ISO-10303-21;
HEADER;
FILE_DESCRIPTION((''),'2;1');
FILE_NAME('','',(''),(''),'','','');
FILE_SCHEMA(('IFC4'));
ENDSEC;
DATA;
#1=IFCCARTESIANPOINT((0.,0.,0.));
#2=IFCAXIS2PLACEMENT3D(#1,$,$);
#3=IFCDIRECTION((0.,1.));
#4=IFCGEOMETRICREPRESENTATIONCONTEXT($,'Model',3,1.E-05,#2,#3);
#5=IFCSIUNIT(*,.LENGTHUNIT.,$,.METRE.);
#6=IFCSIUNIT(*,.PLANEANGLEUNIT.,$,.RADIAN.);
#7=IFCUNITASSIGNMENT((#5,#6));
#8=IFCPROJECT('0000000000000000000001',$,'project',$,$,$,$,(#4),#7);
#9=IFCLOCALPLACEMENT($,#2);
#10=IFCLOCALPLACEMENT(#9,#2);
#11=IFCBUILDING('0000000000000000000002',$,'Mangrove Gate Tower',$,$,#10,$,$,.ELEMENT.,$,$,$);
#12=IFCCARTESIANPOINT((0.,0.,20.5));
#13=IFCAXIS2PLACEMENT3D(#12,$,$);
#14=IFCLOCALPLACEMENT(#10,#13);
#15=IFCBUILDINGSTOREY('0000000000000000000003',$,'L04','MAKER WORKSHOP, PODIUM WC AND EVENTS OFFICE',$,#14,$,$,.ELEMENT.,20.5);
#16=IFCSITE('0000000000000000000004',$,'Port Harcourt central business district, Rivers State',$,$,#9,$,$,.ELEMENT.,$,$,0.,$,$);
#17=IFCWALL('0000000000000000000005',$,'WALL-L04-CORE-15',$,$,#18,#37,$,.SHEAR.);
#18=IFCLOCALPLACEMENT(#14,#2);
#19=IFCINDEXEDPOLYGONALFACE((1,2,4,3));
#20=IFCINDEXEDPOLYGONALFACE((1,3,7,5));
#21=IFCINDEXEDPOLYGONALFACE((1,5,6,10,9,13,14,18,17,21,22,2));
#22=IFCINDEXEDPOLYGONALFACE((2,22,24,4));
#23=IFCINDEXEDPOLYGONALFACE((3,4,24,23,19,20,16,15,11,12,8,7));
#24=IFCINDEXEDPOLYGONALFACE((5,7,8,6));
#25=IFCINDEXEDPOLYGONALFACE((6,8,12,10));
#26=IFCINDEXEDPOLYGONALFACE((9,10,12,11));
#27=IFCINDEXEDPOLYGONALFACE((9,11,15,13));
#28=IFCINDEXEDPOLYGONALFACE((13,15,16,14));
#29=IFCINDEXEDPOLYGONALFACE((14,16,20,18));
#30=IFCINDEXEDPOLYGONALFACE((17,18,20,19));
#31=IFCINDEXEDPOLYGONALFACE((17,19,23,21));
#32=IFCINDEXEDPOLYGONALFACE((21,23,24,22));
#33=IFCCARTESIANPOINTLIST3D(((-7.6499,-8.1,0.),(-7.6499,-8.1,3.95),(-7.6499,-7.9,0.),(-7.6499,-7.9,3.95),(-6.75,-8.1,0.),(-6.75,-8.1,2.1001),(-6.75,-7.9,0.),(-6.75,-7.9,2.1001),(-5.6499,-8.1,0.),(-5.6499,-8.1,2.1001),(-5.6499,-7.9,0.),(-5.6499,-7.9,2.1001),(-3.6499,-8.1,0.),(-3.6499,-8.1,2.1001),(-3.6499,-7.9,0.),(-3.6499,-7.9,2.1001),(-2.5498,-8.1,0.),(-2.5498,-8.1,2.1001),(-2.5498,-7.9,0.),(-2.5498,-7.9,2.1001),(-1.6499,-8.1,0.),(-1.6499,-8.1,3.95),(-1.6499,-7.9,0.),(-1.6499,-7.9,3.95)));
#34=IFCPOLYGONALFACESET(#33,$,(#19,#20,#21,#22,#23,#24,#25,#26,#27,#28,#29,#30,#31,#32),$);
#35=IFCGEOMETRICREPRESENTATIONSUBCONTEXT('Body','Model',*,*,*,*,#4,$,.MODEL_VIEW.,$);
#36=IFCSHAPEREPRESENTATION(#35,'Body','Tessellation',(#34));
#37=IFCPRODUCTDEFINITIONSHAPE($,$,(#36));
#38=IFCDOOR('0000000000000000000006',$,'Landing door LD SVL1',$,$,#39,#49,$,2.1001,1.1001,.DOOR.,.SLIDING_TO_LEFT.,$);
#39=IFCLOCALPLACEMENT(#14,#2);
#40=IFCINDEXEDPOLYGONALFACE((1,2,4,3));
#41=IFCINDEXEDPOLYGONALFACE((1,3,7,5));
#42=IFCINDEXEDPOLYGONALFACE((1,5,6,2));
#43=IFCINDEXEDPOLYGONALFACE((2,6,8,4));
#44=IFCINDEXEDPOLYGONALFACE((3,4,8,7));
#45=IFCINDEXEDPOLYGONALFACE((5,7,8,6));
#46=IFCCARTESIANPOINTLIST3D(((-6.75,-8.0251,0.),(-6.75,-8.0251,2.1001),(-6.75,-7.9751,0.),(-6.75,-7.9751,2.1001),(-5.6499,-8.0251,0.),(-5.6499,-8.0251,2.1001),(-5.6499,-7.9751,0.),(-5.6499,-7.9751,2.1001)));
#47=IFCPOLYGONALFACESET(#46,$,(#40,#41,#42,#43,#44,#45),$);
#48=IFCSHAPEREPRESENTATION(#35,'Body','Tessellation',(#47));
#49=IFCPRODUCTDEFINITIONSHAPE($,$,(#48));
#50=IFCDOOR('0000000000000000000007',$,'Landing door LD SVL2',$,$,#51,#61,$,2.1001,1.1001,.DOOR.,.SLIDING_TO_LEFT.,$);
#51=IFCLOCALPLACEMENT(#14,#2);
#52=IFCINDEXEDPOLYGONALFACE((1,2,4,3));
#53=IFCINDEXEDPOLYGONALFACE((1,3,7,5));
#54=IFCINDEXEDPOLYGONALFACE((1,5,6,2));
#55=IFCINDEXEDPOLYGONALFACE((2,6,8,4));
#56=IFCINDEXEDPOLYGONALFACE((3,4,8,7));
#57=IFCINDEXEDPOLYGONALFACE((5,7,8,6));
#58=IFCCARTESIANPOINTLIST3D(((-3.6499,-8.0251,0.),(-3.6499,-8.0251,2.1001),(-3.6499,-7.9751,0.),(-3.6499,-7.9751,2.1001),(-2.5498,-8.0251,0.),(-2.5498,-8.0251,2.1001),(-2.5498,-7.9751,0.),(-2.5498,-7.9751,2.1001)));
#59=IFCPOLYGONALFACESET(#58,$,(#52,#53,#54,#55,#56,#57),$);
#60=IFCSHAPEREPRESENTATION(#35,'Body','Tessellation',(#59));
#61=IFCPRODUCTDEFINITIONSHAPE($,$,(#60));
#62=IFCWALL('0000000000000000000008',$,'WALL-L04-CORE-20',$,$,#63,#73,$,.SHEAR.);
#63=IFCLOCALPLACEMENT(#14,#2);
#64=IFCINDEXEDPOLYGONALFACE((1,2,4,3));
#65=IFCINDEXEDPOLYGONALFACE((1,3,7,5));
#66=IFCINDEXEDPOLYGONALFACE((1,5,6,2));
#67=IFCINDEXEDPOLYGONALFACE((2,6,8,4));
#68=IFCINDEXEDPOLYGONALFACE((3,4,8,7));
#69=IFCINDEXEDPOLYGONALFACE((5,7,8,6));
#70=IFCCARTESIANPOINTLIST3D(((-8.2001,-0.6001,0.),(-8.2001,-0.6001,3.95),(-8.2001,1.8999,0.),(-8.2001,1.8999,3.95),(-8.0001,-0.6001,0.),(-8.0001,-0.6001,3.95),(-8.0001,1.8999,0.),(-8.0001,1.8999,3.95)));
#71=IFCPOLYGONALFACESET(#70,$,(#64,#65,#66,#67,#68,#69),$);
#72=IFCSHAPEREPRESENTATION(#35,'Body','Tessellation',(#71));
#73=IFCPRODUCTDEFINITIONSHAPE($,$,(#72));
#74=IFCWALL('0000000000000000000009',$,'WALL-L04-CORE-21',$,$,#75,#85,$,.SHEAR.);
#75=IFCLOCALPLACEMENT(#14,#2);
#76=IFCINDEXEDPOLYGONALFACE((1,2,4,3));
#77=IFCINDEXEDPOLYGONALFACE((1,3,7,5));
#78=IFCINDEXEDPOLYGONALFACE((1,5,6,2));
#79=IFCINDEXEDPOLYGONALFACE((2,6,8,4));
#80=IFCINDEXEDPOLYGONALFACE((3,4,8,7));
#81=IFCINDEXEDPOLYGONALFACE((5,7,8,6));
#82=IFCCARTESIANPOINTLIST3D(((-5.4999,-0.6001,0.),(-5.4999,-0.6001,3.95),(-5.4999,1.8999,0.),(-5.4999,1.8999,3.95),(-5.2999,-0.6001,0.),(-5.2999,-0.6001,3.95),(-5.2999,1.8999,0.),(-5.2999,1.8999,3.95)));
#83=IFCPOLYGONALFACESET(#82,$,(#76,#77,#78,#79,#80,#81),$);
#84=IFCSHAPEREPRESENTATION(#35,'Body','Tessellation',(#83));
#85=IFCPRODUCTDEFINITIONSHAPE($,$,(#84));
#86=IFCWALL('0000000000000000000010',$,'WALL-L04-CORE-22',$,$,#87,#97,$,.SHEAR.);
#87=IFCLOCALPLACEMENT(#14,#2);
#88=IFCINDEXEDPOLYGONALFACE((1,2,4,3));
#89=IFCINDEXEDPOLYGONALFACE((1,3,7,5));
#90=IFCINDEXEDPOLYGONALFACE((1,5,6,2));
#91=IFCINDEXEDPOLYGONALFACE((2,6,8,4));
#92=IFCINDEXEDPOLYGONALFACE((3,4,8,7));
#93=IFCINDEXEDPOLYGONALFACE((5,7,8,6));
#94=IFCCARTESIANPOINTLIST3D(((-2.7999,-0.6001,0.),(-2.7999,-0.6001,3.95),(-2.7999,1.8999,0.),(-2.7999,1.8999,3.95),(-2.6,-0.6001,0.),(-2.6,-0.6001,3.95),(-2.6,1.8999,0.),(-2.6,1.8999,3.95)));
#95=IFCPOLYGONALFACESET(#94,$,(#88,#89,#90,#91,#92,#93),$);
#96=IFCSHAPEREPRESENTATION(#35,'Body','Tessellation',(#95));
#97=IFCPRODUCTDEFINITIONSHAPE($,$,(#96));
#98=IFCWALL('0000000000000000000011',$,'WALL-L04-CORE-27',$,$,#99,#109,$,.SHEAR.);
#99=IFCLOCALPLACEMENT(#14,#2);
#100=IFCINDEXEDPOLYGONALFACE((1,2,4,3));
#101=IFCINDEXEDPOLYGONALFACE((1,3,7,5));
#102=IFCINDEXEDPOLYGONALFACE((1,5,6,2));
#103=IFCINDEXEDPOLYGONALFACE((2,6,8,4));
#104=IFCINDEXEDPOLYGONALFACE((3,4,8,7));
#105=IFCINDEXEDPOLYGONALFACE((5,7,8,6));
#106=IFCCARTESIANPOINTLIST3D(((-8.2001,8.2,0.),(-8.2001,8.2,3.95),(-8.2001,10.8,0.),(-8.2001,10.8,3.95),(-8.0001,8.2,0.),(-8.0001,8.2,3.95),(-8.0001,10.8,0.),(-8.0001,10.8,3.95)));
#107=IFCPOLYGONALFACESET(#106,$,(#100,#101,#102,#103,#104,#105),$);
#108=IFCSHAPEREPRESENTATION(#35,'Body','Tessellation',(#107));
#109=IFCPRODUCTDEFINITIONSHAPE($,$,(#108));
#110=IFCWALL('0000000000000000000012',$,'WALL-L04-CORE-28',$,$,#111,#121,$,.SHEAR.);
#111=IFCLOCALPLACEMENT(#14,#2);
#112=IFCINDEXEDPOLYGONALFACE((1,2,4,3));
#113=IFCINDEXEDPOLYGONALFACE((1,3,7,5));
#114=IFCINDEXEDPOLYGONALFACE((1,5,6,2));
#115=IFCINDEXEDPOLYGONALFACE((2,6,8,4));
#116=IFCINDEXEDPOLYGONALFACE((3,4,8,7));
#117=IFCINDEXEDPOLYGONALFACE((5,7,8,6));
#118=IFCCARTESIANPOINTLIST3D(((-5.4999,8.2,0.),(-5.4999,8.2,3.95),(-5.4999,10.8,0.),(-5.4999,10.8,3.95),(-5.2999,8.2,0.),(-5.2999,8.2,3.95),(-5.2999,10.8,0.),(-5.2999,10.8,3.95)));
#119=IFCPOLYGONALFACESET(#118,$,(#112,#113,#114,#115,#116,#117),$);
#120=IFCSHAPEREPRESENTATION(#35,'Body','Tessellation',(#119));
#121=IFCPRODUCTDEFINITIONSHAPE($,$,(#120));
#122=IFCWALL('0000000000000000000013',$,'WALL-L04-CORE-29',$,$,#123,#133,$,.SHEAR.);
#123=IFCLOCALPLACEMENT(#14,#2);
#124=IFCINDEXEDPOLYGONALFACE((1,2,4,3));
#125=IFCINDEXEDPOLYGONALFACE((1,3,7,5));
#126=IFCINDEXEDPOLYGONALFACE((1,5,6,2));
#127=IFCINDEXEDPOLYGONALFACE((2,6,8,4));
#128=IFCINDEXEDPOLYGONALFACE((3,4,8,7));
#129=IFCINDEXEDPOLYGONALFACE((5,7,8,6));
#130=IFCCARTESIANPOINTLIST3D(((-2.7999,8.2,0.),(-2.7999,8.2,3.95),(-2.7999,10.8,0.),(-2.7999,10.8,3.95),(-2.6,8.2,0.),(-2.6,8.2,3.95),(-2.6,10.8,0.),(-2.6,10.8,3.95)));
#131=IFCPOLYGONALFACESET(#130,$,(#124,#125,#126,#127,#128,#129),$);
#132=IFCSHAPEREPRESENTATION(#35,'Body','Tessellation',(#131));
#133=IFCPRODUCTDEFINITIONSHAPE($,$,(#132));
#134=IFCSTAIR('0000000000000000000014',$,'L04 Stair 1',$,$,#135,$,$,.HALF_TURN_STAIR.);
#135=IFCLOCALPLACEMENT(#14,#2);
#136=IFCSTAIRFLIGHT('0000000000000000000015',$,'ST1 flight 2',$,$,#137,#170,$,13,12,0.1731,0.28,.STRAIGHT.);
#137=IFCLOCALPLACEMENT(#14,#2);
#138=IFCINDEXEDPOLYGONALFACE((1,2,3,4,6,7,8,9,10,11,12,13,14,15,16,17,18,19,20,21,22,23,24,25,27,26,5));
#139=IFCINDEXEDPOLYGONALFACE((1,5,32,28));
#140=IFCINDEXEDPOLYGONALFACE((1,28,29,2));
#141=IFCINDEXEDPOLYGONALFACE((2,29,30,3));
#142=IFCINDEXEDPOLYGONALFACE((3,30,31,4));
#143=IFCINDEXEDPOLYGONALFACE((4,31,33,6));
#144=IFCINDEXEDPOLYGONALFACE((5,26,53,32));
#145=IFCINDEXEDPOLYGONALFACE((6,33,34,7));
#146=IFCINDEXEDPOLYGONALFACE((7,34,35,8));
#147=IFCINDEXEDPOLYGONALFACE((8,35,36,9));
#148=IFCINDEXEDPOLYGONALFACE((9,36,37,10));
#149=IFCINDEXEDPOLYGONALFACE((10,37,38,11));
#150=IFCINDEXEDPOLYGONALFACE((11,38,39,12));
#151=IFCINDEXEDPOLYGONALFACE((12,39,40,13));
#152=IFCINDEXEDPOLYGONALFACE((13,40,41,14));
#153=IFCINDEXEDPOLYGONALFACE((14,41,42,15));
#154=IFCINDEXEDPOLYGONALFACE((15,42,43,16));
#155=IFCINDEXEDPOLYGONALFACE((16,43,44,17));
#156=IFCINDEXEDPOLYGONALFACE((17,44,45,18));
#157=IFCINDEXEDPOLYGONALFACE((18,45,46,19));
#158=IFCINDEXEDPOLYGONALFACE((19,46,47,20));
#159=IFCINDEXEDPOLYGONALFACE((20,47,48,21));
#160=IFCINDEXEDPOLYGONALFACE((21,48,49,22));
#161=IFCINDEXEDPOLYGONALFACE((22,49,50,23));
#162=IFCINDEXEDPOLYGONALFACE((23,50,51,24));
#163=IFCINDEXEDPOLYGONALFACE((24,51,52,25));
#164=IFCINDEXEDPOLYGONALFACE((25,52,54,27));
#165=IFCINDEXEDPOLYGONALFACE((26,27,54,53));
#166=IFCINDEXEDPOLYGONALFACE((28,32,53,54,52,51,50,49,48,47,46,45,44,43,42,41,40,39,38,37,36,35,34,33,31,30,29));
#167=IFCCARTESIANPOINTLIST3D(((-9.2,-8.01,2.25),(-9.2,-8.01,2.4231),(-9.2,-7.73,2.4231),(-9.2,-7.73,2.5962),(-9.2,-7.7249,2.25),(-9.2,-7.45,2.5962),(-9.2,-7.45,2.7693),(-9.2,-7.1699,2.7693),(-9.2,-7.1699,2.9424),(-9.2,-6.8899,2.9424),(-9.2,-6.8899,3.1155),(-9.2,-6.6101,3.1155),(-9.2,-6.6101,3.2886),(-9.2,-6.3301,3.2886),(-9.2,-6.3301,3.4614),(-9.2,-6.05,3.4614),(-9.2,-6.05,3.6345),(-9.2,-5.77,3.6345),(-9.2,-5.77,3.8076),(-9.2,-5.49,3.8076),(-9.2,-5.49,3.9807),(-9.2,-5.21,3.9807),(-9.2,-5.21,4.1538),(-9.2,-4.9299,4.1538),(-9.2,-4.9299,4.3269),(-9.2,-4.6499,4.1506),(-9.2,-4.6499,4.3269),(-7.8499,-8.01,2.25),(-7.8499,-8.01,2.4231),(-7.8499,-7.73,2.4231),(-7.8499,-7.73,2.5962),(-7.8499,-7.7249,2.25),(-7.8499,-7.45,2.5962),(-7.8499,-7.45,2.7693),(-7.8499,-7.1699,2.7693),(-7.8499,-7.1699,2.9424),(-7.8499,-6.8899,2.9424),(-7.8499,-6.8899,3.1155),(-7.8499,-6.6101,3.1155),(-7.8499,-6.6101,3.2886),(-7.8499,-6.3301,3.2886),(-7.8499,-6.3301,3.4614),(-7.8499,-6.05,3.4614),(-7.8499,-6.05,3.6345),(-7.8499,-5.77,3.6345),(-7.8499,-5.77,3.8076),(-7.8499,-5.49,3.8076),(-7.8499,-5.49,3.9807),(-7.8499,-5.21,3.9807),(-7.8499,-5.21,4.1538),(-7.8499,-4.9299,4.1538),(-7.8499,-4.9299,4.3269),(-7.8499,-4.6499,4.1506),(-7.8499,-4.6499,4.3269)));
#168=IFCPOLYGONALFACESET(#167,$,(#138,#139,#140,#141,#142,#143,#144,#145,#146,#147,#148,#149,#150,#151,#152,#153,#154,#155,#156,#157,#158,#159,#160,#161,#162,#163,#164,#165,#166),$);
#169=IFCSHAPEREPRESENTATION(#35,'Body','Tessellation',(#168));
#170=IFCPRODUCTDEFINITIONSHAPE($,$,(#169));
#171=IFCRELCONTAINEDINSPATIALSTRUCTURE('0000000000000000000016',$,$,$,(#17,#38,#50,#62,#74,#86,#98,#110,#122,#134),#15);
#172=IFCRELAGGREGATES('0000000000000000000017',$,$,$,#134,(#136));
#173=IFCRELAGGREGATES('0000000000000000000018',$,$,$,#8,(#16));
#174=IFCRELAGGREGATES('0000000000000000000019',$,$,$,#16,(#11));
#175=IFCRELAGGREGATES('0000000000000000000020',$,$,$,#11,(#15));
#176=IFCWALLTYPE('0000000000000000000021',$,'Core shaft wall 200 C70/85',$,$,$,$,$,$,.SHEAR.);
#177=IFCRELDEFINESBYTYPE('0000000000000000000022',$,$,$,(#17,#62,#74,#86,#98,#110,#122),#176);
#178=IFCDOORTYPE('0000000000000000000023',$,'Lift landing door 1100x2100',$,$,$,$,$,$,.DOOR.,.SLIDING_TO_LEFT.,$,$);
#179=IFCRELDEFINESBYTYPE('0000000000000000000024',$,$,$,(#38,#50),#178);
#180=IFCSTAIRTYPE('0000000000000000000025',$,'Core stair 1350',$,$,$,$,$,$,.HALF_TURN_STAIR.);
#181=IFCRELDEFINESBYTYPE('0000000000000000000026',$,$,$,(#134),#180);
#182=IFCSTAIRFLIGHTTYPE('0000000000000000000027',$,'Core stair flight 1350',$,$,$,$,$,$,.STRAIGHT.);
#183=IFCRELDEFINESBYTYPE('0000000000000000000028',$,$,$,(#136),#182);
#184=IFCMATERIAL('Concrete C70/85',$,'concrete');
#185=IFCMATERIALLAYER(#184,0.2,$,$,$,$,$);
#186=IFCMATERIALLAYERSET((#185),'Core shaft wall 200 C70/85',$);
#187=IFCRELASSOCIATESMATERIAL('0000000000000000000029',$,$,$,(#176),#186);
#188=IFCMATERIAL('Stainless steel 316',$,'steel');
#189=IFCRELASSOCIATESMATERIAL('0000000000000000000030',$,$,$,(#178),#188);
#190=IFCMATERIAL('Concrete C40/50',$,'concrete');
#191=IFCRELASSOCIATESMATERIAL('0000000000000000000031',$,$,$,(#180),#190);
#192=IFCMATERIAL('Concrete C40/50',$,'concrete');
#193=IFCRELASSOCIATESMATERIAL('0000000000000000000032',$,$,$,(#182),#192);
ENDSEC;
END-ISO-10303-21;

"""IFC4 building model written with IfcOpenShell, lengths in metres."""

from ifc_helpers import new_model, si_unit, direction, frame, frame_2d, origin, place, context, subcontext, project, spatial, polyline, rectangle, outline, extrude, material, layer, layer_set, type_object, element, fill, aggregate, save


model = new_model("IFC4")

# Units and contexts
model_context = context("Model", 3, precision=1e-05, world=origin(), true_north=direction((0.0, 1.0)))
body_context = subcontext(model_context, "Body", "Model", "MODEL_VIEW")
ifc_project = project(units=[si_unit("LENGTHUNIT", "METRE"), si_unit("PLANEANGLEUNIT", "RADIAN")], contexts=[model_context])

# Site, building, storey
site_placement = place(None, origin())
site = spatial("IfcSite", under=ifc_project, at=site_placement, Name="Port Harcourt central business district, Rivers State", CompositionType="ELEMENT", RefElevation=0.0)
building_placement = place(site_placement, origin())
building = spatial("IfcBuilding", under=site, at=building_placement, Name="Mangrove Gate Tower", CompositionType="ELEMENT")
storey_placement = place(building_placement, frame((0.0, 0.0, 20.5)))
storey = spatial("IfcBuildingStorey", under=building, at=storey_placement, Name="L04", Description="MAKER WORKSHOP, PODIUM WC AND EVENTS OFFICE", CompositionType="ELEMENT", Elevation=20.5)

# Wall, openings, doors
ifc_material_1 = material(Name="Concrete C70/85", Category="concrete")
ifc_layer = layer(ifc_material_1, 0.2)
ifc_layer_set = layer_set([ifc_layer], Name="Core shaft wall 200 C70/85")
wall_type = type_object("IfcWallType", Name="Core shaft wall 200 C70/85", PredefinedType="SHEAR", material=ifc_layer_set)
wall_placement = place(storey_placement, frame((-7.6499, -8.0, 0.0), z_axis=(0.0, 0.0, 1.0), x_axis=(1.0, 0.0, 0.0)))
wall = element("IfcWall", 1, at=wall_placement, inside=storey, type_object=wall_type, Name="WALL-L04-CORE-15", PredefinedType="SHEAR", context=body_context, shape_type="SweptSolid", body=[
    extrude(rectangle(XDim=6.0, YDim=0.2, at=frame_2d((3.0, 0.0))), origin(), (0.0, 0.0, 1.0), 3.95),
])
opening_1_placement = place(wall_placement, frame((0.8999, 0.0, 0.0)))
opening_1 = element("IfcOpeningElement", 2, at=opening_1_placement, cuts=wall, PredefinedType="OPENING", context=body_context, shape_type="SweptSolid", body=[
    extrude(rectangle(XDim=1.1001, YDim=2.1001, at=frame_2d((0.55, 1.05))), frame((0.0, 0.1099, 0.0), z_axis=(0.0, -1.0, 0.0), x_axis=(1.0, 0.0, 0.0)), (0.0, 0.0, 1.0), 0.22),
])
opening_2_placement = place(wall_placement, frame((4.0, 0.0, 0.0)))
opening_2 = element("IfcOpeningElement", 3, at=opening_2_placement, cuts=wall, PredefinedType="OPENING", context=body_context, shape_type="SweptSolid", body=[
    extrude(rectangle(XDim=1.1001, YDim=2.1001, at=frame_2d((0.55, 1.05))), frame((0.0, 0.1099, 0.0), z_axis=(0.0, -1.0, 0.0), x_axis=(1.0, 0.0, 0.0)), (0.0, 0.0, 1.0), 0.22),
])
ifc_material_2 = material(Name="Stainless steel 316", Category="steel")
door_type = type_object("IfcDoorType", Name="Lift landing door 1100x2100", OperationType="SLIDING_TO_LEFT", PredefinedType="DOOR", material=ifc_material_2)
door_1_placement = place(opening_1_placement, origin())
door_1 = element("IfcDoor", 4, at=door_1_placement, inside=storey, type_object=door_type, Name="Landing door LD SVL1", OperationType="SLIDING_TO_LEFT", OverallHeight=2.1001, OverallWidth=1.1001, PredefinedType="DOOR", context=body_context, shape_type="SweptSolid", body=[
    extrude(rectangle(XDim=1.1001, YDim=2.1001, at=frame_2d((0.55, 1.05))), frame((0.0, 0.0249, 0.0), z_axis=(0.0, -1.0, 0.0), x_axis=(1.0, 0.0, 0.0)), (0.0, 0.0, 1.0), 0.05),
])
fill(opening_1, door_1)
door_2_placement = place(opening_2_placement, origin())
door_2 = element("IfcDoor", 5, at=door_2_placement, inside=storey, type_object=door_type, Name="Landing door LD SVL2", OperationType="SLIDING_TO_LEFT", OverallHeight=2.1001, OverallWidth=1.1001, PredefinedType="DOOR", context=body_context, shape_type="SweptSolid", body=[
    extrude(rectangle(XDim=1.1001, YDim=2.1001, at=frame_2d((0.55, 1.05))), frame((0.0, 0.0249, 0.0), z_axis=(0.0, -1.0, 0.0), x_axis=(1.0, 0.0, 0.0)), (0.0, 0.0, 1.0), 0.05),
])
fill(opening_2, door_2)

# Walls
for number, where, z_axis, x_axis, name in (
    (6, (-8.1001, -0.6001, 0.0), (0.0, 0.0, 1.0), (0.0, 1.0, 0.0), "WALL-L04-CORE-20"),
    (7, (-5.3999, -0.6001, 0.0), (0.0, 0.0, 1.0), (0.0, 1.0, 0.0), "WALL-L04-CORE-21"),
    (8, (-2.7, -0.6001, 0.0), (0.0, 0.0, 1.0), (0.0, 1.0, 0.0), "WALL-L04-CORE-22"),
):
    element("IfcWall", number, at=place(storey_placement, frame(where, z_axis=z_axis, x_axis=x_axis)), inside=storey, type_object=wall_type, Name=name, PredefinedType="SHEAR", context=body_context, shape_type="SweptSolid", body=[
        extrude(rectangle(XDim=2.5, YDim=0.2, at=frame_2d((1.25, 0.0))), origin(), (0.0, 0.0, 1.0), 3.95),
    ])
for number, where, z_axis, x_axis, name in (
    (9, (-8.1001, 8.2, 0.0), (0.0, 0.0, 1.0), (0.0, 1.0, 0.0), "WALL-L04-CORE-27"),
    (10, (-5.3999, 8.2, 0.0), (0.0, 0.0, 1.0), (0.0, 1.0, 0.0), "WALL-L04-CORE-28"),
    (11, (-2.7, 8.2, 0.0), (0.0, 0.0, 1.0), (0.0, 1.0, 0.0), "WALL-L04-CORE-29"),
):
    element("IfcWall", number, at=place(storey_placement, frame(where, z_axis=z_axis, x_axis=x_axis)), inside=storey, type_object=wall_type, Name=name, PredefinedType="SHEAR", context=body_context, shape_type="SweptSolid", body=[
        extrude(rectangle(XDim=2.6001, YDim=0.2, at=frame_2d((1.3, 0.0))), origin(), (0.0, 0.0, 1.0), 3.95),
    ])

# Stair, stair flight
ifc_material_3 = material(Name="Concrete C40/50", Category="concrete")
stair_type = type_object("IfcStairType", Name="Core stair 1350", PredefinedType="HALF_TURN_STAIR", material=ifc_material_3)
stair_1_placement = place(storey_placement, origin())
stair_1 = element("IfcStair", 12, at=stair_1_placement, inside=storey, type_object=stair_type, Name="L04 Stair 1", PredefinedType="HALF_TURN_STAIR")
ifc_material_4 = material(Name="Concrete C40/50", Category="concrete")
stair_flight_type = type_object("IfcStairFlightType", Name="Core stair flight 1350", PredefinedType="STRAIGHT", material=ifc_material_4)
stair_flight_1_placement = place(storey_placement, frame((-8.5249, -8.01, 2.25), z_axis=(0.0, 0.0, 1.0), x_axis=(0.0, 1.0, 0.0)))
stair_flight_1 = element("IfcStairFlight", 13, at=stair_flight_1_placement, type_object=stair_flight_type, Name="ST1 flight 2", NumberOfRisers=13, NumberOfTreads=12, PredefinedType="STRAIGHT", RiserHeight=0.1731, TreadLength=0.28, context=body_context, shape_type="SweptSolid", body=[
    extrude(outline(polyline([(0.0, 0.0), (0.0, 0.1731), (0.28, 0.1731), (0.28, 0.3462), (0.5601, 0.3462), (0.5601, 0.5193), (0.8401, 0.5193), (0.8401, 0.6924), (1.1201, 0.6924), (1.1201, 0.8655), (1.3999, 0.8655), (1.3999, 1.0386), (1.6799, 1.0386), (1.6799, 1.2114), (1.96, 1.2114), (1.96, 1.3845), (2.24, 1.3845), (2.24, 1.5576), (2.52, 1.5576), (2.52, 1.7307), (2.8, 1.7307), (2.8, 1.9038), (3.0801, 1.9038), (3.0801, 2.0769), (3.3601, 2.0769), (3.3601, 2.25), (3.3601, 1.9006), (0.2852, 0.0), (0.0, 0.0)])), frame((0.0, 0.675, 0.0), z_axis=(0.0, -1.0, 0.0), x_axis=(1.0, 0.0, 0.0)), (0.0, 0.0, 1.0), 1.3501),
])
aggregate(stair_1, [stair_flight_1])

save(model, "model.ifc")
